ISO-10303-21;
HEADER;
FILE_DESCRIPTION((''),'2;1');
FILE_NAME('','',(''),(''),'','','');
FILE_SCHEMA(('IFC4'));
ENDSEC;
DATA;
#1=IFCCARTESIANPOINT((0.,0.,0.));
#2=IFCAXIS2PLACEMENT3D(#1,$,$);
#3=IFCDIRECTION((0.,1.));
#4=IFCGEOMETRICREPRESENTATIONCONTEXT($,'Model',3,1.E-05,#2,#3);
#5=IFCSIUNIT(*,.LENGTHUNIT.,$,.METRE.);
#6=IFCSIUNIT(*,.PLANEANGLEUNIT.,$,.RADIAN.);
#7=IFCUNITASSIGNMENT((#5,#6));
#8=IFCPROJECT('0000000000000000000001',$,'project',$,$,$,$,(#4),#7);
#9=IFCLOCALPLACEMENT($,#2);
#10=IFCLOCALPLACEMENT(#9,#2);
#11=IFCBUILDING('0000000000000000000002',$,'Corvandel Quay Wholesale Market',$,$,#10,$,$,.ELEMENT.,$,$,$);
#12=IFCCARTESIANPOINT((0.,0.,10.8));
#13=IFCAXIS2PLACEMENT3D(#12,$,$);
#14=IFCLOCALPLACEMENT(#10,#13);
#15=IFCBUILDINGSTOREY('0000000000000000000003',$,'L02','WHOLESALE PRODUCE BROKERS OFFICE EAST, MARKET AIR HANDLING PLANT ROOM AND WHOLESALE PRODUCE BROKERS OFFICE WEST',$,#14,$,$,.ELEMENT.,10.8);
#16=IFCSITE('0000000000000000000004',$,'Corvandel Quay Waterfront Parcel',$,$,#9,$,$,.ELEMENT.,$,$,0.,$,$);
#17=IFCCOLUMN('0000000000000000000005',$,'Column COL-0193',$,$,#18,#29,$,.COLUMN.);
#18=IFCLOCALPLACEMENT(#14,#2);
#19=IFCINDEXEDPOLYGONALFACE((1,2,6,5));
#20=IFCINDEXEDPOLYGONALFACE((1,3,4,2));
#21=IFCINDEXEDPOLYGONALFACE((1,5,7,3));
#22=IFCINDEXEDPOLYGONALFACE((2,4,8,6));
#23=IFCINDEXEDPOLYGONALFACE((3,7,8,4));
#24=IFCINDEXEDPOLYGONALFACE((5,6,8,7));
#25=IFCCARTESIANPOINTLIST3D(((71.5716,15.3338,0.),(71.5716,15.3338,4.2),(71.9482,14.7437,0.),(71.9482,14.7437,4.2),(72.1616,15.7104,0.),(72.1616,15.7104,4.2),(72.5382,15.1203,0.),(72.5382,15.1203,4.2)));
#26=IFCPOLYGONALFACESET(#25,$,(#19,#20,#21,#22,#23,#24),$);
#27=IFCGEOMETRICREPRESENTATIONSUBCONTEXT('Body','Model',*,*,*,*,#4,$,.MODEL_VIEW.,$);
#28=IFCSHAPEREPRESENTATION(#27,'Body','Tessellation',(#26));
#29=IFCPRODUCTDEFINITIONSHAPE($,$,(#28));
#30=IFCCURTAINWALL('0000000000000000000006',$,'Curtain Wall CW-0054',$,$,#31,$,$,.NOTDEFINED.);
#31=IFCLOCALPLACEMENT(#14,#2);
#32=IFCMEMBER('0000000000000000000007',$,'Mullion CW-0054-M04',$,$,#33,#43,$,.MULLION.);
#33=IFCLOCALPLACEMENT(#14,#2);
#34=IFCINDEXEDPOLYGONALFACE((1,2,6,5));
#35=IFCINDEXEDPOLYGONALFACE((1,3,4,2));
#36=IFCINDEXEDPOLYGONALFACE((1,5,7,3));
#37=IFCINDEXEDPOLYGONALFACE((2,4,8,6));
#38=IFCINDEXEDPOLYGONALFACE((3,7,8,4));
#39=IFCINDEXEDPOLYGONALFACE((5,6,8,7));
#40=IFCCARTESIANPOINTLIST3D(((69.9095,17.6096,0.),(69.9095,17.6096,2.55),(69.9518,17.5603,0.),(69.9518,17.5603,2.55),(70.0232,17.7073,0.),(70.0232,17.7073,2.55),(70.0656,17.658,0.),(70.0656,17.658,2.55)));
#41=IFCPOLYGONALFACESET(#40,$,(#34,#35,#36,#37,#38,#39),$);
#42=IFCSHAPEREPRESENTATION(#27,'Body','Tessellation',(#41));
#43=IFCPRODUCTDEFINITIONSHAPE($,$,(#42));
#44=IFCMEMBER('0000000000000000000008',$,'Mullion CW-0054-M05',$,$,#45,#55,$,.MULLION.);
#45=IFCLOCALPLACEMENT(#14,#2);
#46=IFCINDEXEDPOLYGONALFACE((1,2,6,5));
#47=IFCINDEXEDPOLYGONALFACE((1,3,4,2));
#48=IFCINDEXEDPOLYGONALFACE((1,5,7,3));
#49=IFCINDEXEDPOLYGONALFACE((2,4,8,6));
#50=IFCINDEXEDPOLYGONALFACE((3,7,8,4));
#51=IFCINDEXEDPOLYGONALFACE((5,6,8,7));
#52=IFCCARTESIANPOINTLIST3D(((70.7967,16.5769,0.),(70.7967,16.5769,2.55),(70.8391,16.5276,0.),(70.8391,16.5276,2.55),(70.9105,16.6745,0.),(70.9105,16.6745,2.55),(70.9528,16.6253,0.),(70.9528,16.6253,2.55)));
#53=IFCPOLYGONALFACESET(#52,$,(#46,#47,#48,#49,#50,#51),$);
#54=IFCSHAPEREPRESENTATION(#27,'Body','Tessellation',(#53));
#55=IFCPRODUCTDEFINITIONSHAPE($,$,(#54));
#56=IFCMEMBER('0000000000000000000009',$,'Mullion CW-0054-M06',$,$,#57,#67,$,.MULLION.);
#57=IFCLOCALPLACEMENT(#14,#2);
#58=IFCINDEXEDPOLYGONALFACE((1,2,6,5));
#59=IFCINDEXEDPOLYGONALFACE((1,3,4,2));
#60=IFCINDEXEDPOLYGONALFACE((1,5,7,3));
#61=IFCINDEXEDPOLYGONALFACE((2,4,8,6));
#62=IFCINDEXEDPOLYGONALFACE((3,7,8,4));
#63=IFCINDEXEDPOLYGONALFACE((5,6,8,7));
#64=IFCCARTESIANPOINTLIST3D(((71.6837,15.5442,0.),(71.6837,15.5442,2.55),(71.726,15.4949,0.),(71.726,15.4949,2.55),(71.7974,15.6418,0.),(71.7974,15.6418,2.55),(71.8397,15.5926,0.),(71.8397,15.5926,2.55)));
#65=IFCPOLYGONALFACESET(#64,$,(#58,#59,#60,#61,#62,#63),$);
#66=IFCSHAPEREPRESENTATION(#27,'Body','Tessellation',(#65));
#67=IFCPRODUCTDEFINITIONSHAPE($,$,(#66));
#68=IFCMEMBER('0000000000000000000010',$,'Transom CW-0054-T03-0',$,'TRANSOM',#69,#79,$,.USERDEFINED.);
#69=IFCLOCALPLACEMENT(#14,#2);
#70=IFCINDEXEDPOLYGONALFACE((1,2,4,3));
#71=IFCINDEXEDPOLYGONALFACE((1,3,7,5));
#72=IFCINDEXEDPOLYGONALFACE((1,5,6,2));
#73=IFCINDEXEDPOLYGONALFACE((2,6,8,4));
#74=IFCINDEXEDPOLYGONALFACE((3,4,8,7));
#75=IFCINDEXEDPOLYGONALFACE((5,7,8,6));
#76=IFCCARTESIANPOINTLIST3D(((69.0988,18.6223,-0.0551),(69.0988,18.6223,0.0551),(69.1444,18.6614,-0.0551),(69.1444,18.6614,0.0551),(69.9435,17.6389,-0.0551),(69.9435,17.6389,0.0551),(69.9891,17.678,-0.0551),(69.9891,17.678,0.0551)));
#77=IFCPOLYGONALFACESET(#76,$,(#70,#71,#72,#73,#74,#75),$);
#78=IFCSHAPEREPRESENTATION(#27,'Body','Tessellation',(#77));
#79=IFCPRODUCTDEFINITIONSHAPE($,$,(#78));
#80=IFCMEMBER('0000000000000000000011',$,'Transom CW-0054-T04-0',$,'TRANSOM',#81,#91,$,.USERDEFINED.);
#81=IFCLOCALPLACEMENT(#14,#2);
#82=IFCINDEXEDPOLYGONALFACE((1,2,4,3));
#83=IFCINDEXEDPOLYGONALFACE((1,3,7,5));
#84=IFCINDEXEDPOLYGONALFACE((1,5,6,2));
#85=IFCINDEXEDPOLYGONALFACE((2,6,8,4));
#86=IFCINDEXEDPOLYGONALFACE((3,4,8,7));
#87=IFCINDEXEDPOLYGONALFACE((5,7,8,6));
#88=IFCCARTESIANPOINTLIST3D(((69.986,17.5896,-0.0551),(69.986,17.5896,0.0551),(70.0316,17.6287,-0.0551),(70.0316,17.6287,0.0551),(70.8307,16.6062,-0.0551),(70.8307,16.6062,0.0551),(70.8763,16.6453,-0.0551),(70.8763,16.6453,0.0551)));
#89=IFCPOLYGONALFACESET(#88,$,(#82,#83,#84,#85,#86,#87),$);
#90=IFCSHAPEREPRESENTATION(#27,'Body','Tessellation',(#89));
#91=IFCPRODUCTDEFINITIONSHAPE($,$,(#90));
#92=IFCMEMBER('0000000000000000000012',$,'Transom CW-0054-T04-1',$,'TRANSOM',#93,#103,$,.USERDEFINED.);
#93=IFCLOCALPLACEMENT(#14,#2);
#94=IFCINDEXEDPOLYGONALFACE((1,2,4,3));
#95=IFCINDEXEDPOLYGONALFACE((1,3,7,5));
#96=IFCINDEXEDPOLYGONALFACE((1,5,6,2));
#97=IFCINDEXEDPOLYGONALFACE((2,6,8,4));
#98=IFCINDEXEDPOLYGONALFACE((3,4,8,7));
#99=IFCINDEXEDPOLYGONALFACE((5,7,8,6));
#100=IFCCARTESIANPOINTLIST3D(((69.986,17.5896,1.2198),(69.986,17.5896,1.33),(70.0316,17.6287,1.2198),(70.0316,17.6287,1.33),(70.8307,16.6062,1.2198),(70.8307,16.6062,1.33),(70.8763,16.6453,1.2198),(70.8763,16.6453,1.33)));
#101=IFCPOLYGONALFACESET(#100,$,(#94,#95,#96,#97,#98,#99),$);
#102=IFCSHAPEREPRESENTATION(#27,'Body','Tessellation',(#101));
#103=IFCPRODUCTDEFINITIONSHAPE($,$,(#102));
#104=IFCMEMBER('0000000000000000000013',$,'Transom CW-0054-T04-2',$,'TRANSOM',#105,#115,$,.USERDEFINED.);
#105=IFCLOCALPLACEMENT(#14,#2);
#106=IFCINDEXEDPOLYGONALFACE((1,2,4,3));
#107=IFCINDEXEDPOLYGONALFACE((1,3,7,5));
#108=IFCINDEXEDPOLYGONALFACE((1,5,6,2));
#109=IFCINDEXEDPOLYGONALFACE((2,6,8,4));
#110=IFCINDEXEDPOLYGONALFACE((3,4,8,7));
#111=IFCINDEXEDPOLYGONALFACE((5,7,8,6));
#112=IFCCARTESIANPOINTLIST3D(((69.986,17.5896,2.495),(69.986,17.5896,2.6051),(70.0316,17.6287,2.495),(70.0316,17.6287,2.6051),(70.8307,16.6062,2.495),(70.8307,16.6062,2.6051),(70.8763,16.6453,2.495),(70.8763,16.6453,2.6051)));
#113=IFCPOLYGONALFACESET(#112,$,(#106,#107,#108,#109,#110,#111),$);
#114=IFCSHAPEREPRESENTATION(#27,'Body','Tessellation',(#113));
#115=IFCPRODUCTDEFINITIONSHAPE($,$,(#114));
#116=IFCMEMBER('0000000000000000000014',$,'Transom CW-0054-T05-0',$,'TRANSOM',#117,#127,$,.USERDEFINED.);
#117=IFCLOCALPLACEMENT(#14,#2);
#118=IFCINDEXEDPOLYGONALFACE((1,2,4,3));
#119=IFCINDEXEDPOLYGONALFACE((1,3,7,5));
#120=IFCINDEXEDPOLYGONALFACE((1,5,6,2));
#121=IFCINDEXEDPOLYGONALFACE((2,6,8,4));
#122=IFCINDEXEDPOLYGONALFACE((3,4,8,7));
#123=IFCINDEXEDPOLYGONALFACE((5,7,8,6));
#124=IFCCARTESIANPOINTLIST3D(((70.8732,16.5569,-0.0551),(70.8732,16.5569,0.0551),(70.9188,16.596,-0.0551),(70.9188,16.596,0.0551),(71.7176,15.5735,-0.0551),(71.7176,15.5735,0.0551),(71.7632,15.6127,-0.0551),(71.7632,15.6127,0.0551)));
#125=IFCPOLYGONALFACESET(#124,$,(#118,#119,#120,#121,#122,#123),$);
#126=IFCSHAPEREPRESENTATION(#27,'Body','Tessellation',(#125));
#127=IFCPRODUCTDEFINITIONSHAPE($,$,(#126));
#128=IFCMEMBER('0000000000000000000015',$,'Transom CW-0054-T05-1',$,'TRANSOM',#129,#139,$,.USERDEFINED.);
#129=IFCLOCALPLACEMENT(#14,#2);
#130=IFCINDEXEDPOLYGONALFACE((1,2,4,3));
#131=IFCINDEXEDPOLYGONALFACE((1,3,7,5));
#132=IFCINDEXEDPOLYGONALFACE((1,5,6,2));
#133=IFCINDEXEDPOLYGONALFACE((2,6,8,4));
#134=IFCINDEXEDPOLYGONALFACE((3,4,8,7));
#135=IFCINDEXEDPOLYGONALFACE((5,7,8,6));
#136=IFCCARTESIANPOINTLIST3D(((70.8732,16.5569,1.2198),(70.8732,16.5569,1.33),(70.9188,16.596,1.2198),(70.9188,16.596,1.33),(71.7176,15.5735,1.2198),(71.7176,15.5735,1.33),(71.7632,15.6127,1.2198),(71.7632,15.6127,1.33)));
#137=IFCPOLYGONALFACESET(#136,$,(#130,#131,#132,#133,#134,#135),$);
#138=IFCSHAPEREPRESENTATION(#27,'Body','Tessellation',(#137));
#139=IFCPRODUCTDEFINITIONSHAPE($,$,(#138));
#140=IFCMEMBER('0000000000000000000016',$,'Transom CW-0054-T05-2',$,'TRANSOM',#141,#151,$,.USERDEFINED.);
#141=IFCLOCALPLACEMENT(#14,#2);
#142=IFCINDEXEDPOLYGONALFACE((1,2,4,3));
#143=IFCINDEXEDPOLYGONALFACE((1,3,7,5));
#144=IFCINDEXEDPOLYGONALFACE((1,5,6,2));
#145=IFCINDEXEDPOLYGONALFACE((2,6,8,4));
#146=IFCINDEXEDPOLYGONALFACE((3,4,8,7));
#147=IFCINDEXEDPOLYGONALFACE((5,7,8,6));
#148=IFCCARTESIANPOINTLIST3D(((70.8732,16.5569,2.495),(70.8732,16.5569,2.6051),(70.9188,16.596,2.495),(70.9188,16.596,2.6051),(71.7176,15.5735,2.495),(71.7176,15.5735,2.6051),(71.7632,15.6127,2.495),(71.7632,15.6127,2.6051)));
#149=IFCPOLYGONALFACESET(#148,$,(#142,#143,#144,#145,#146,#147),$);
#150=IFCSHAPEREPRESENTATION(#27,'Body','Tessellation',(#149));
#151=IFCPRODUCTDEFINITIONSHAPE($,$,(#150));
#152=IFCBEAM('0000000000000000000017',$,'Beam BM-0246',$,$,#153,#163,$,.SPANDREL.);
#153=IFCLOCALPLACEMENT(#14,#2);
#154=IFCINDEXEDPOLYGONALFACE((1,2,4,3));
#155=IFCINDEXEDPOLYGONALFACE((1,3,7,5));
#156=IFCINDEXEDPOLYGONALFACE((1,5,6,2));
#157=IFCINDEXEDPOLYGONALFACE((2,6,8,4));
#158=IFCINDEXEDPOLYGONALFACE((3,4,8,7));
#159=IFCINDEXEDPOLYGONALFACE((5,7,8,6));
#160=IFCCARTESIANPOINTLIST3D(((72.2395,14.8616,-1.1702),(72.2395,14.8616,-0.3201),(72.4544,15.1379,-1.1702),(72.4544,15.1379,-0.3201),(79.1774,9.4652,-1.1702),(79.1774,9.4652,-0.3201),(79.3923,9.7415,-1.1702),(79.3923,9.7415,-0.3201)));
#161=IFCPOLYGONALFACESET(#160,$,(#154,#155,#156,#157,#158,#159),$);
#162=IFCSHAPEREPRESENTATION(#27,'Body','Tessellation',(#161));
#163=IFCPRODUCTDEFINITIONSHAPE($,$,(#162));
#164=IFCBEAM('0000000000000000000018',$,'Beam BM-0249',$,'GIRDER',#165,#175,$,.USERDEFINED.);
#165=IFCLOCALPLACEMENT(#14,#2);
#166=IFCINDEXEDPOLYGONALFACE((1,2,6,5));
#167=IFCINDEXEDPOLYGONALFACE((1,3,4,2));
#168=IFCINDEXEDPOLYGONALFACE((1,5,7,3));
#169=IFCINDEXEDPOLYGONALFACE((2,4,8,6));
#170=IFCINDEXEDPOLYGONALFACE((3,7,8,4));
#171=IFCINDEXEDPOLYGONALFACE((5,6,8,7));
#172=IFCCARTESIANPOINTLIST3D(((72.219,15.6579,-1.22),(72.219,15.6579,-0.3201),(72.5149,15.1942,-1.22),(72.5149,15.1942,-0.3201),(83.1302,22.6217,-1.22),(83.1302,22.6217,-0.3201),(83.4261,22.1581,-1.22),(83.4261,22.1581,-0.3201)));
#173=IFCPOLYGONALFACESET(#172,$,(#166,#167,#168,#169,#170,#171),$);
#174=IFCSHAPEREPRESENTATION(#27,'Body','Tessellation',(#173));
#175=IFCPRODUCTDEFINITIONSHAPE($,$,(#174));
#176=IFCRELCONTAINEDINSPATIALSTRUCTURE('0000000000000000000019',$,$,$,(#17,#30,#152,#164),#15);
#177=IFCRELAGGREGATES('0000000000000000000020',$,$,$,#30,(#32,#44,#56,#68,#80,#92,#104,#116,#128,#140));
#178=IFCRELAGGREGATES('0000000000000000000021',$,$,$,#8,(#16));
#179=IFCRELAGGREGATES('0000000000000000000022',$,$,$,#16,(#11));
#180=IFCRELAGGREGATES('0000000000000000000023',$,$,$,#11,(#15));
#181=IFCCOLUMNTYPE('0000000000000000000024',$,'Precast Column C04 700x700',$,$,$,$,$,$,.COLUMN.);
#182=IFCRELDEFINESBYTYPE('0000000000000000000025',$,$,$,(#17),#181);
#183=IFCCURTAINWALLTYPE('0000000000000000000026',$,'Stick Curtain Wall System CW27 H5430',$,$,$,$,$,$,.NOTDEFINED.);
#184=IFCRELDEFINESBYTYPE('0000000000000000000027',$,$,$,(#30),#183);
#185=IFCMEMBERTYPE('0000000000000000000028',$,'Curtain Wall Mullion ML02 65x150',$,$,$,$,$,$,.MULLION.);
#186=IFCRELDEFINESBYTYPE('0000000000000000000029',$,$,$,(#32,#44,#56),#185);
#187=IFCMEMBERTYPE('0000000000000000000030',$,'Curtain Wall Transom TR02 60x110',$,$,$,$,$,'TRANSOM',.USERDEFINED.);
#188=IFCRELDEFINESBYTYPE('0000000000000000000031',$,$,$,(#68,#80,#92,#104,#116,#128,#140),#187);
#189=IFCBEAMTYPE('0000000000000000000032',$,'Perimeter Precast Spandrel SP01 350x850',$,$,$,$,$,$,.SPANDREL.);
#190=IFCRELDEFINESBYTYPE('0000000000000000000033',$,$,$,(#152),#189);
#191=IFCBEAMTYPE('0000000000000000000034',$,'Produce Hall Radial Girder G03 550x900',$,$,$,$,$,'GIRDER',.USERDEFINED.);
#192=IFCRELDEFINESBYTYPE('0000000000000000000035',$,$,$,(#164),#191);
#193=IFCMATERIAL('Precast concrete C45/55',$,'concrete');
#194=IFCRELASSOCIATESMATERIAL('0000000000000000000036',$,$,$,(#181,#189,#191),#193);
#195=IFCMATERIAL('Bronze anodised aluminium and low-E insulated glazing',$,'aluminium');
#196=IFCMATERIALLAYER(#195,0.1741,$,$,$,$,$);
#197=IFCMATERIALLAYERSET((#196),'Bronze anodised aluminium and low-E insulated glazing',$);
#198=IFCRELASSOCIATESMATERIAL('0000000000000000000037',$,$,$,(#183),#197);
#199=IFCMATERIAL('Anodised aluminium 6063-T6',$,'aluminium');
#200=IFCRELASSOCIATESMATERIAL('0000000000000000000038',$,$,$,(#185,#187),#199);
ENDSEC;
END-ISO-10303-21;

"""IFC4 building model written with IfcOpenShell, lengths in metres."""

from ifc_helpers import new_model, si_unit, direction, frame, origin, origin_2d, place, context, subcontext, project, spatial, rectangle, extrude, material, layer, layer_set, material_profile, profile_set, type_object, element, aggregate, save


model = new_model("IFC4")

# Units and contexts
model_context = context("Model", 3, precision=1e-05, world=origin(), true_north=direction((0.0, 1.0)))
body_context = subcontext(model_context, "Body", "Model", "MODEL_VIEW")
ifc_project = project(units=[si_unit("LENGTHUNIT", "METRE"), si_unit("PLANEANGLEUNIT", "RADIAN")], contexts=[model_context])

# Site, building, storey
site_placement = place(None, origin())
site = spatial("IfcSite", under=ifc_project, at=site_placement, Name="Corvandel Quay Waterfront Parcel", CompositionType="ELEMENT", RefElevation=0.0)
building_placement = place(site_placement, origin())
building = spatial("IfcBuilding", under=site, at=building_placement, Name="Corvandel Quay Wholesale Market", CompositionType="ELEMENT")
storey_placement = place(building_placement, frame((0.0, 0.0, 10.8)))
storey = spatial("IfcBuildingStorey", under=building, at=storey_placement, Name="L02", Description="WHOLESALE PRODUCE BROKERS OFFICE EAST, MARKET AIR HANDLING PLANT ROOM AND WHOLESALE PRODUCE BROKERS OFFICE WEST", CompositionType="ELEMENT", Elevation=10.8)

# Column
ifc_material_1 = material(Name="Precast concrete C45/55", Category="concrete")
ifc_material_profile_1 = material_profile(ifc_material_1, rectangle(XDim=0.7, YDim=0.7, at=origin_2d()), Name="PC-COL-700x700")
ifc_profile_set_1 = profile_set([ifc_material_profile_1], Name="Precast concrete C45/55")
column_type = type_object("IfcColumnType", Name="Precast Column C04 700x700", PredefinedType="COLUMN", material=ifc_profile_set_1)
column_placement = place(storey_placement, frame((72.0549, 15.2271, 0.0), z_axis=(0.0, 0.0, 1.0), x_axis=(-0.538035, 0.842922, 0.0)))
element("IfcColumn", 1, at=column_placement, inside=storey, type_object=column_type, Name="Column COL-0193", PredefinedType="COLUMN", context=body_context, shape_type="SweptSolid", body=[
    extrude(rectangle(XDim=0.7, YDim=0.7, at=origin_2d()), origin(), (0.0, 0.0, 1.0), 4.2),
])

# Curtain wall, members
ifc_material_2 = material(Name="Bronze anodised aluminium and low-E insulated glazing", Category="aluminium")
ifc_layer_1 = layer(ifc_material_2, 0.1741)
ifc_layer_set_1 = layer_set([ifc_layer_1], Name="Bronze anodised aluminium and low-E insulated glazing")
curtain_wall_type = type_object("IfcCurtainWallType", Name="Stick Curtain Wall System CW27 H5430", PredefinedType="NOTDEFINED", material=ifc_layer_set_1)
curtain_wall_placement = place(storey_placement, origin())
curtain_wall = element("IfcCurtainWall", 2, at=curtain_wall_placement, inside=storey, type_object=curtain_wall_type, Name="Curtain Wall CW-0054", PredefinedType="NOTDEFINED")
ifc_material_3 = material(Name="Anodised aluminium 6063-T6", Category="aluminium")
ifc_material_profile_2 = material_profile(ifc_material_3, rectangle(XDim=0.0649, YDim=0.1499, at=origin_2d()), Name="ALU-MUL-65x150")
ifc_profile_set_2 = profile_set([ifc_material_profile_2], Name="Anodised aluminium 6063-T6")
member_type_1 = type_object("IfcMemberType", Name="Curtain Wall Mullion ML02 65x150", PredefinedType="MULLION", material=ifc_profile_set_2)
member_1_placement = place(storey_placement, frame((69.9875, 17.6338, 0.0), z_axis=(0.0, 0.0, 1.0), x_axis=(-0.651569, 0.758589, 0.0)))
member_1 = element("IfcMember", 3, at=member_1_placement, type_object=member_type_1, Name="Mullion CW-0054-M04", PredefinedType="MULLION", context=body_context, shape_type="SweptSolid", body=[
    extrude(rectangle(XDim=0.0649, YDim=0.1499, at=origin_2d()), origin(), (0.0, 0.0, 1.0), 2.55),
])
member_2_placement = place(storey_placement, frame((70.8748, 16.6011, 0.0), z_axis=(0.0, 0.0, 1.0), x_axis=(-0.651569, 0.758589, 0.0)))
member_2 = element("IfcMember", 4, at=member_2_placement, type_object=member_type_1, Name="Mullion CW-0054-M05", PredefinedType="MULLION", context=body_context, shape_type="SweptSolid", body=[
    extrude(rectangle(XDim=0.0649, YDim=0.1499, at=origin_2d()), origin(), (0.0, 0.0, 1.0), 2.55),
])
member_3_placement = place(storey_placement, frame((71.7617, 15.5684, 0.0), z_axis=(0.0, 0.0, 1.0), x_axis=(-0.651569, 0.758589, 0.0)))
member_3 = element("IfcMember", 5, at=member_3_placement, type_object=member_type_1, Name="Mullion CW-0054-M06", PredefinedType="MULLION", context=body_context, shape_type="SweptSolid", body=[
    extrude(rectangle(XDim=0.0649, YDim=0.1499, at=origin_2d()), origin(), (0.0, 0.0, 1.0), 2.55),
])
ifc_material_profile_3 = material_profile(ifc_material_3, rectangle(XDim=0.0601, YDim=0.1101, at=origin_2d()), Name="ALU-TRN-60x110")
ifc_profile_set_3 = profile_set([ifc_material_profile_3], Name="Anodised aluminium 6063-T6")
member_type_2 = type_object("IfcMemberType", Name="Curtain Wall Transom TR02 60x110", ElementType="TRANSOM", PredefinedType="USERDEFINED", material=ifc_profile_set_3)
member_4_placement = place(storey_placement, frame((69.1216, 18.6418, 0.0), z_axis=(0.651597, -0.758565, 0.0), x_axis=(0.758565, 0.651597, 0.0)))
member_4 = element("IfcMember", 6, at=member_4_placement, type_object=member_type_2, Name="Transom CW-0054-T03-0", ObjectType="TRANSOM", PredefinedType="USERDEFINED", context=body_context, shape_type="SweptSolid", body=[
    extrude(rectangle(XDim=0.0601, YDim=0.1101, at=origin_2d()), origin(), (0.0, 0.0, 1.0), 1.2964),
])
member_5_placement = place(storey_placement, frame((70.0088, 17.6091, 0.0), z_axis=(0.651597, -0.758565, 0.0), x_axis=(0.758565, 0.651597, 0.0)))
member_5 = element("IfcMember", 7, at=member_5_placement, type_object=member_type_2, Name="Transom CW-0054-T04-0", ObjectType="TRANSOM", PredefinedType="USERDEFINED", context=body_context, shape_type="SweptSolid", body=[
    extrude(rectangle(XDim=0.0601, YDim=0.1101, at=origin_2d()), origin(), (0.0, 0.0, 1.0), 1.2964),
])
member_6_placement = place(storey_placement, frame((70.0088, 17.6091, 1.2749), z_axis=(0.651597, -0.758565, 0.0), x_axis=(0.758565, 0.651597, 0.0)))
member_6 = element("IfcMember", 8, at=member_6_placement, type_object=member_type_2, Name="Transom CW-0054-T04-1", ObjectType="TRANSOM", PredefinedType="USERDEFINED", context=body_context, shape_type="SweptSolid", body=[
    extrude(rectangle(XDim=0.0601, YDim=0.1101, at=origin_2d()), origin(), (0.0, 0.0, 1.0), 1.2964),
])
member_7_placement = place(storey_placement, frame((70.0088, 17.6091, 2.55), z_axis=(0.651597, -0.758565, 0.0), x_axis=(0.758565, 0.651597, 0.0)))
member_7 = element("IfcMember", 9, at=member_7_placement, type_object=member_type_2, Name="Transom CW-0054-T04-2", ObjectType="TRANSOM", PredefinedType="USERDEFINED", context=body_context, shape_type="SweptSolid", body=[
    extrude(rectangle(XDim=0.0601, YDim=0.1101, at=origin_2d()), origin(), (0.0, 0.0, 1.0), 1.2964),
])
member_8_placement = place(storey_placement, frame((70.896, 16.5764, 0.0), z_axis=(0.651489, -0.758658, 0.0), x_axis=(0.758658, 0.651489, 0.0)))
member_8 = element("IfcMember", 10, at=member_8_placement, type_object=member_type_2, Name="Transom CW-0054-T05-0", ObjectType="TRANSOM", PredefinedType="USERDEFINED", context=body_context, shape_type="SweptSolid", body=[
    extrude(rectangle(XDim=0.0601, YDim=0.1101, at=origin_2d()), origin(), (0.0, 0.0, 1.0), 1.2961),
])
member_9_placement = place(storey_placement, frame((70.896, 16.5764, 1.2749), z_axis=(0.651489, -0.758658, 0.0), x_axis=(0.758658, 0.651489, 0.0)))
member_9 = element("IfcMember", 11, at=member_9_placement, type_object=member_type_2, Name="Transom CW-0054-T05-1", ObjectType="TRANSOM", PredefinedType="USERDEFINED", context=body_context, shape_type="SweptSolid", body=[
    extrude(rectangle(XDim=0.0601, YDim=0.1101, at=origin_2d()), origin(), (0.0, 0.0, 1.0), 1.2961),
])
member_10_placement = place(storey_placement, frame((70.896, 16.5764, 2.55), z_axis=(0.651489, -0.758658, 0.0), x_axis=(0.758658, 0.651489, 0.0)))
member_10 = element("IfcMember", 12, at=member_10_placement, type_object=member_type_2, Name="Transom CW-0054-T05-2", ObjectType="TRANSOM", PredefinedType="USERDEFINED", context=body_context, shape_type="SweptSolid", body=[
    extrude(rectangle(XDim=0.0601, YDim=0.1101, at=origin_2d()), origin(), (0.0, 0.0, 1.0), 1.2961),
])

# Beams
ifc_material_profile_4 = material_profile(ifc_material_1, rectangle(XDim=0.3501, YDim=0.8501, at=origin_2d()), Name="PC-SPN-350x850")
ifc_profile_set_4 = profile_set([ifc_material_profile_4], Name="Precast concrete C45/55")
beam_type_1 = type_object("IfcBeamType", Name="Perimeter Precast Spandrel SP01 350x850", PredefinedType="SPANDREL", material=ifc_profile_set_4)
beam_1_placement = place(storey_placement, frame((72.3469, 14.9998, -0.7451), z_axis=(0.789337, -0.61396, 0.0), x_axis=(0.61396, 0.789337, 0.0)))
element("IfcBeam", 13, at=beam_1_placement, inside=storey, type_object=beam_type_1, Name="Beam BM-0246", PredefinedType="SPANDREL", context=body_context, shape_type="SweptSolid", body=[
    extrude(rectangle(XDim=0.3501, YDim=0.8501, at=origin_2d()), origin(), (0.0, 0.0, 1.0), 8.7896),
])
ifc_material_profile_5 = material_profile(ifc_material_1, rectangle(XDim=0.55, YDim=0.8999, at=origin_2d()), Name="PC-GIR-550x900")
ifc_profile_set_5 = profile_set([ifc_material_profile_5], Name="Precast concrete C45/55")
beam_type_2 = type_object("IfcBeamType", Name="Produce Hall Radial Girder G03 550x900", ElementType="GIRDER", PredefinedType="USERDEFINED", material=ifc_profile_set_5)
beam_2_placement = place(storey_placement, frame((72.3669, 15.426, -0.77), z_axis=(0.842946, 0.537998, 0.0), x_axis=(-0.537998, 0.842946, 0.0)))
element("IfcBeam", 14, at=beam_2_placement, inside=storey, type_object=beam_type_2, Name="Beam BM-0249", ObjectType="GIRDER", PredefinedType="USERDEFINED", context=body_context, shape_type="SweptSolid", body=[
    extrude(rectangle(XDim=0.55, YDim=0.8999, at=origin_2d()), origin(), (0.0, 0.0, 1.0), 12.9441),
])

aggregate(curtain_wall, [member_1, member_2, member_3, member_4, member_5, member_6, member_7, member_8, member_9, member_10])

save(model, "model.ifc")
